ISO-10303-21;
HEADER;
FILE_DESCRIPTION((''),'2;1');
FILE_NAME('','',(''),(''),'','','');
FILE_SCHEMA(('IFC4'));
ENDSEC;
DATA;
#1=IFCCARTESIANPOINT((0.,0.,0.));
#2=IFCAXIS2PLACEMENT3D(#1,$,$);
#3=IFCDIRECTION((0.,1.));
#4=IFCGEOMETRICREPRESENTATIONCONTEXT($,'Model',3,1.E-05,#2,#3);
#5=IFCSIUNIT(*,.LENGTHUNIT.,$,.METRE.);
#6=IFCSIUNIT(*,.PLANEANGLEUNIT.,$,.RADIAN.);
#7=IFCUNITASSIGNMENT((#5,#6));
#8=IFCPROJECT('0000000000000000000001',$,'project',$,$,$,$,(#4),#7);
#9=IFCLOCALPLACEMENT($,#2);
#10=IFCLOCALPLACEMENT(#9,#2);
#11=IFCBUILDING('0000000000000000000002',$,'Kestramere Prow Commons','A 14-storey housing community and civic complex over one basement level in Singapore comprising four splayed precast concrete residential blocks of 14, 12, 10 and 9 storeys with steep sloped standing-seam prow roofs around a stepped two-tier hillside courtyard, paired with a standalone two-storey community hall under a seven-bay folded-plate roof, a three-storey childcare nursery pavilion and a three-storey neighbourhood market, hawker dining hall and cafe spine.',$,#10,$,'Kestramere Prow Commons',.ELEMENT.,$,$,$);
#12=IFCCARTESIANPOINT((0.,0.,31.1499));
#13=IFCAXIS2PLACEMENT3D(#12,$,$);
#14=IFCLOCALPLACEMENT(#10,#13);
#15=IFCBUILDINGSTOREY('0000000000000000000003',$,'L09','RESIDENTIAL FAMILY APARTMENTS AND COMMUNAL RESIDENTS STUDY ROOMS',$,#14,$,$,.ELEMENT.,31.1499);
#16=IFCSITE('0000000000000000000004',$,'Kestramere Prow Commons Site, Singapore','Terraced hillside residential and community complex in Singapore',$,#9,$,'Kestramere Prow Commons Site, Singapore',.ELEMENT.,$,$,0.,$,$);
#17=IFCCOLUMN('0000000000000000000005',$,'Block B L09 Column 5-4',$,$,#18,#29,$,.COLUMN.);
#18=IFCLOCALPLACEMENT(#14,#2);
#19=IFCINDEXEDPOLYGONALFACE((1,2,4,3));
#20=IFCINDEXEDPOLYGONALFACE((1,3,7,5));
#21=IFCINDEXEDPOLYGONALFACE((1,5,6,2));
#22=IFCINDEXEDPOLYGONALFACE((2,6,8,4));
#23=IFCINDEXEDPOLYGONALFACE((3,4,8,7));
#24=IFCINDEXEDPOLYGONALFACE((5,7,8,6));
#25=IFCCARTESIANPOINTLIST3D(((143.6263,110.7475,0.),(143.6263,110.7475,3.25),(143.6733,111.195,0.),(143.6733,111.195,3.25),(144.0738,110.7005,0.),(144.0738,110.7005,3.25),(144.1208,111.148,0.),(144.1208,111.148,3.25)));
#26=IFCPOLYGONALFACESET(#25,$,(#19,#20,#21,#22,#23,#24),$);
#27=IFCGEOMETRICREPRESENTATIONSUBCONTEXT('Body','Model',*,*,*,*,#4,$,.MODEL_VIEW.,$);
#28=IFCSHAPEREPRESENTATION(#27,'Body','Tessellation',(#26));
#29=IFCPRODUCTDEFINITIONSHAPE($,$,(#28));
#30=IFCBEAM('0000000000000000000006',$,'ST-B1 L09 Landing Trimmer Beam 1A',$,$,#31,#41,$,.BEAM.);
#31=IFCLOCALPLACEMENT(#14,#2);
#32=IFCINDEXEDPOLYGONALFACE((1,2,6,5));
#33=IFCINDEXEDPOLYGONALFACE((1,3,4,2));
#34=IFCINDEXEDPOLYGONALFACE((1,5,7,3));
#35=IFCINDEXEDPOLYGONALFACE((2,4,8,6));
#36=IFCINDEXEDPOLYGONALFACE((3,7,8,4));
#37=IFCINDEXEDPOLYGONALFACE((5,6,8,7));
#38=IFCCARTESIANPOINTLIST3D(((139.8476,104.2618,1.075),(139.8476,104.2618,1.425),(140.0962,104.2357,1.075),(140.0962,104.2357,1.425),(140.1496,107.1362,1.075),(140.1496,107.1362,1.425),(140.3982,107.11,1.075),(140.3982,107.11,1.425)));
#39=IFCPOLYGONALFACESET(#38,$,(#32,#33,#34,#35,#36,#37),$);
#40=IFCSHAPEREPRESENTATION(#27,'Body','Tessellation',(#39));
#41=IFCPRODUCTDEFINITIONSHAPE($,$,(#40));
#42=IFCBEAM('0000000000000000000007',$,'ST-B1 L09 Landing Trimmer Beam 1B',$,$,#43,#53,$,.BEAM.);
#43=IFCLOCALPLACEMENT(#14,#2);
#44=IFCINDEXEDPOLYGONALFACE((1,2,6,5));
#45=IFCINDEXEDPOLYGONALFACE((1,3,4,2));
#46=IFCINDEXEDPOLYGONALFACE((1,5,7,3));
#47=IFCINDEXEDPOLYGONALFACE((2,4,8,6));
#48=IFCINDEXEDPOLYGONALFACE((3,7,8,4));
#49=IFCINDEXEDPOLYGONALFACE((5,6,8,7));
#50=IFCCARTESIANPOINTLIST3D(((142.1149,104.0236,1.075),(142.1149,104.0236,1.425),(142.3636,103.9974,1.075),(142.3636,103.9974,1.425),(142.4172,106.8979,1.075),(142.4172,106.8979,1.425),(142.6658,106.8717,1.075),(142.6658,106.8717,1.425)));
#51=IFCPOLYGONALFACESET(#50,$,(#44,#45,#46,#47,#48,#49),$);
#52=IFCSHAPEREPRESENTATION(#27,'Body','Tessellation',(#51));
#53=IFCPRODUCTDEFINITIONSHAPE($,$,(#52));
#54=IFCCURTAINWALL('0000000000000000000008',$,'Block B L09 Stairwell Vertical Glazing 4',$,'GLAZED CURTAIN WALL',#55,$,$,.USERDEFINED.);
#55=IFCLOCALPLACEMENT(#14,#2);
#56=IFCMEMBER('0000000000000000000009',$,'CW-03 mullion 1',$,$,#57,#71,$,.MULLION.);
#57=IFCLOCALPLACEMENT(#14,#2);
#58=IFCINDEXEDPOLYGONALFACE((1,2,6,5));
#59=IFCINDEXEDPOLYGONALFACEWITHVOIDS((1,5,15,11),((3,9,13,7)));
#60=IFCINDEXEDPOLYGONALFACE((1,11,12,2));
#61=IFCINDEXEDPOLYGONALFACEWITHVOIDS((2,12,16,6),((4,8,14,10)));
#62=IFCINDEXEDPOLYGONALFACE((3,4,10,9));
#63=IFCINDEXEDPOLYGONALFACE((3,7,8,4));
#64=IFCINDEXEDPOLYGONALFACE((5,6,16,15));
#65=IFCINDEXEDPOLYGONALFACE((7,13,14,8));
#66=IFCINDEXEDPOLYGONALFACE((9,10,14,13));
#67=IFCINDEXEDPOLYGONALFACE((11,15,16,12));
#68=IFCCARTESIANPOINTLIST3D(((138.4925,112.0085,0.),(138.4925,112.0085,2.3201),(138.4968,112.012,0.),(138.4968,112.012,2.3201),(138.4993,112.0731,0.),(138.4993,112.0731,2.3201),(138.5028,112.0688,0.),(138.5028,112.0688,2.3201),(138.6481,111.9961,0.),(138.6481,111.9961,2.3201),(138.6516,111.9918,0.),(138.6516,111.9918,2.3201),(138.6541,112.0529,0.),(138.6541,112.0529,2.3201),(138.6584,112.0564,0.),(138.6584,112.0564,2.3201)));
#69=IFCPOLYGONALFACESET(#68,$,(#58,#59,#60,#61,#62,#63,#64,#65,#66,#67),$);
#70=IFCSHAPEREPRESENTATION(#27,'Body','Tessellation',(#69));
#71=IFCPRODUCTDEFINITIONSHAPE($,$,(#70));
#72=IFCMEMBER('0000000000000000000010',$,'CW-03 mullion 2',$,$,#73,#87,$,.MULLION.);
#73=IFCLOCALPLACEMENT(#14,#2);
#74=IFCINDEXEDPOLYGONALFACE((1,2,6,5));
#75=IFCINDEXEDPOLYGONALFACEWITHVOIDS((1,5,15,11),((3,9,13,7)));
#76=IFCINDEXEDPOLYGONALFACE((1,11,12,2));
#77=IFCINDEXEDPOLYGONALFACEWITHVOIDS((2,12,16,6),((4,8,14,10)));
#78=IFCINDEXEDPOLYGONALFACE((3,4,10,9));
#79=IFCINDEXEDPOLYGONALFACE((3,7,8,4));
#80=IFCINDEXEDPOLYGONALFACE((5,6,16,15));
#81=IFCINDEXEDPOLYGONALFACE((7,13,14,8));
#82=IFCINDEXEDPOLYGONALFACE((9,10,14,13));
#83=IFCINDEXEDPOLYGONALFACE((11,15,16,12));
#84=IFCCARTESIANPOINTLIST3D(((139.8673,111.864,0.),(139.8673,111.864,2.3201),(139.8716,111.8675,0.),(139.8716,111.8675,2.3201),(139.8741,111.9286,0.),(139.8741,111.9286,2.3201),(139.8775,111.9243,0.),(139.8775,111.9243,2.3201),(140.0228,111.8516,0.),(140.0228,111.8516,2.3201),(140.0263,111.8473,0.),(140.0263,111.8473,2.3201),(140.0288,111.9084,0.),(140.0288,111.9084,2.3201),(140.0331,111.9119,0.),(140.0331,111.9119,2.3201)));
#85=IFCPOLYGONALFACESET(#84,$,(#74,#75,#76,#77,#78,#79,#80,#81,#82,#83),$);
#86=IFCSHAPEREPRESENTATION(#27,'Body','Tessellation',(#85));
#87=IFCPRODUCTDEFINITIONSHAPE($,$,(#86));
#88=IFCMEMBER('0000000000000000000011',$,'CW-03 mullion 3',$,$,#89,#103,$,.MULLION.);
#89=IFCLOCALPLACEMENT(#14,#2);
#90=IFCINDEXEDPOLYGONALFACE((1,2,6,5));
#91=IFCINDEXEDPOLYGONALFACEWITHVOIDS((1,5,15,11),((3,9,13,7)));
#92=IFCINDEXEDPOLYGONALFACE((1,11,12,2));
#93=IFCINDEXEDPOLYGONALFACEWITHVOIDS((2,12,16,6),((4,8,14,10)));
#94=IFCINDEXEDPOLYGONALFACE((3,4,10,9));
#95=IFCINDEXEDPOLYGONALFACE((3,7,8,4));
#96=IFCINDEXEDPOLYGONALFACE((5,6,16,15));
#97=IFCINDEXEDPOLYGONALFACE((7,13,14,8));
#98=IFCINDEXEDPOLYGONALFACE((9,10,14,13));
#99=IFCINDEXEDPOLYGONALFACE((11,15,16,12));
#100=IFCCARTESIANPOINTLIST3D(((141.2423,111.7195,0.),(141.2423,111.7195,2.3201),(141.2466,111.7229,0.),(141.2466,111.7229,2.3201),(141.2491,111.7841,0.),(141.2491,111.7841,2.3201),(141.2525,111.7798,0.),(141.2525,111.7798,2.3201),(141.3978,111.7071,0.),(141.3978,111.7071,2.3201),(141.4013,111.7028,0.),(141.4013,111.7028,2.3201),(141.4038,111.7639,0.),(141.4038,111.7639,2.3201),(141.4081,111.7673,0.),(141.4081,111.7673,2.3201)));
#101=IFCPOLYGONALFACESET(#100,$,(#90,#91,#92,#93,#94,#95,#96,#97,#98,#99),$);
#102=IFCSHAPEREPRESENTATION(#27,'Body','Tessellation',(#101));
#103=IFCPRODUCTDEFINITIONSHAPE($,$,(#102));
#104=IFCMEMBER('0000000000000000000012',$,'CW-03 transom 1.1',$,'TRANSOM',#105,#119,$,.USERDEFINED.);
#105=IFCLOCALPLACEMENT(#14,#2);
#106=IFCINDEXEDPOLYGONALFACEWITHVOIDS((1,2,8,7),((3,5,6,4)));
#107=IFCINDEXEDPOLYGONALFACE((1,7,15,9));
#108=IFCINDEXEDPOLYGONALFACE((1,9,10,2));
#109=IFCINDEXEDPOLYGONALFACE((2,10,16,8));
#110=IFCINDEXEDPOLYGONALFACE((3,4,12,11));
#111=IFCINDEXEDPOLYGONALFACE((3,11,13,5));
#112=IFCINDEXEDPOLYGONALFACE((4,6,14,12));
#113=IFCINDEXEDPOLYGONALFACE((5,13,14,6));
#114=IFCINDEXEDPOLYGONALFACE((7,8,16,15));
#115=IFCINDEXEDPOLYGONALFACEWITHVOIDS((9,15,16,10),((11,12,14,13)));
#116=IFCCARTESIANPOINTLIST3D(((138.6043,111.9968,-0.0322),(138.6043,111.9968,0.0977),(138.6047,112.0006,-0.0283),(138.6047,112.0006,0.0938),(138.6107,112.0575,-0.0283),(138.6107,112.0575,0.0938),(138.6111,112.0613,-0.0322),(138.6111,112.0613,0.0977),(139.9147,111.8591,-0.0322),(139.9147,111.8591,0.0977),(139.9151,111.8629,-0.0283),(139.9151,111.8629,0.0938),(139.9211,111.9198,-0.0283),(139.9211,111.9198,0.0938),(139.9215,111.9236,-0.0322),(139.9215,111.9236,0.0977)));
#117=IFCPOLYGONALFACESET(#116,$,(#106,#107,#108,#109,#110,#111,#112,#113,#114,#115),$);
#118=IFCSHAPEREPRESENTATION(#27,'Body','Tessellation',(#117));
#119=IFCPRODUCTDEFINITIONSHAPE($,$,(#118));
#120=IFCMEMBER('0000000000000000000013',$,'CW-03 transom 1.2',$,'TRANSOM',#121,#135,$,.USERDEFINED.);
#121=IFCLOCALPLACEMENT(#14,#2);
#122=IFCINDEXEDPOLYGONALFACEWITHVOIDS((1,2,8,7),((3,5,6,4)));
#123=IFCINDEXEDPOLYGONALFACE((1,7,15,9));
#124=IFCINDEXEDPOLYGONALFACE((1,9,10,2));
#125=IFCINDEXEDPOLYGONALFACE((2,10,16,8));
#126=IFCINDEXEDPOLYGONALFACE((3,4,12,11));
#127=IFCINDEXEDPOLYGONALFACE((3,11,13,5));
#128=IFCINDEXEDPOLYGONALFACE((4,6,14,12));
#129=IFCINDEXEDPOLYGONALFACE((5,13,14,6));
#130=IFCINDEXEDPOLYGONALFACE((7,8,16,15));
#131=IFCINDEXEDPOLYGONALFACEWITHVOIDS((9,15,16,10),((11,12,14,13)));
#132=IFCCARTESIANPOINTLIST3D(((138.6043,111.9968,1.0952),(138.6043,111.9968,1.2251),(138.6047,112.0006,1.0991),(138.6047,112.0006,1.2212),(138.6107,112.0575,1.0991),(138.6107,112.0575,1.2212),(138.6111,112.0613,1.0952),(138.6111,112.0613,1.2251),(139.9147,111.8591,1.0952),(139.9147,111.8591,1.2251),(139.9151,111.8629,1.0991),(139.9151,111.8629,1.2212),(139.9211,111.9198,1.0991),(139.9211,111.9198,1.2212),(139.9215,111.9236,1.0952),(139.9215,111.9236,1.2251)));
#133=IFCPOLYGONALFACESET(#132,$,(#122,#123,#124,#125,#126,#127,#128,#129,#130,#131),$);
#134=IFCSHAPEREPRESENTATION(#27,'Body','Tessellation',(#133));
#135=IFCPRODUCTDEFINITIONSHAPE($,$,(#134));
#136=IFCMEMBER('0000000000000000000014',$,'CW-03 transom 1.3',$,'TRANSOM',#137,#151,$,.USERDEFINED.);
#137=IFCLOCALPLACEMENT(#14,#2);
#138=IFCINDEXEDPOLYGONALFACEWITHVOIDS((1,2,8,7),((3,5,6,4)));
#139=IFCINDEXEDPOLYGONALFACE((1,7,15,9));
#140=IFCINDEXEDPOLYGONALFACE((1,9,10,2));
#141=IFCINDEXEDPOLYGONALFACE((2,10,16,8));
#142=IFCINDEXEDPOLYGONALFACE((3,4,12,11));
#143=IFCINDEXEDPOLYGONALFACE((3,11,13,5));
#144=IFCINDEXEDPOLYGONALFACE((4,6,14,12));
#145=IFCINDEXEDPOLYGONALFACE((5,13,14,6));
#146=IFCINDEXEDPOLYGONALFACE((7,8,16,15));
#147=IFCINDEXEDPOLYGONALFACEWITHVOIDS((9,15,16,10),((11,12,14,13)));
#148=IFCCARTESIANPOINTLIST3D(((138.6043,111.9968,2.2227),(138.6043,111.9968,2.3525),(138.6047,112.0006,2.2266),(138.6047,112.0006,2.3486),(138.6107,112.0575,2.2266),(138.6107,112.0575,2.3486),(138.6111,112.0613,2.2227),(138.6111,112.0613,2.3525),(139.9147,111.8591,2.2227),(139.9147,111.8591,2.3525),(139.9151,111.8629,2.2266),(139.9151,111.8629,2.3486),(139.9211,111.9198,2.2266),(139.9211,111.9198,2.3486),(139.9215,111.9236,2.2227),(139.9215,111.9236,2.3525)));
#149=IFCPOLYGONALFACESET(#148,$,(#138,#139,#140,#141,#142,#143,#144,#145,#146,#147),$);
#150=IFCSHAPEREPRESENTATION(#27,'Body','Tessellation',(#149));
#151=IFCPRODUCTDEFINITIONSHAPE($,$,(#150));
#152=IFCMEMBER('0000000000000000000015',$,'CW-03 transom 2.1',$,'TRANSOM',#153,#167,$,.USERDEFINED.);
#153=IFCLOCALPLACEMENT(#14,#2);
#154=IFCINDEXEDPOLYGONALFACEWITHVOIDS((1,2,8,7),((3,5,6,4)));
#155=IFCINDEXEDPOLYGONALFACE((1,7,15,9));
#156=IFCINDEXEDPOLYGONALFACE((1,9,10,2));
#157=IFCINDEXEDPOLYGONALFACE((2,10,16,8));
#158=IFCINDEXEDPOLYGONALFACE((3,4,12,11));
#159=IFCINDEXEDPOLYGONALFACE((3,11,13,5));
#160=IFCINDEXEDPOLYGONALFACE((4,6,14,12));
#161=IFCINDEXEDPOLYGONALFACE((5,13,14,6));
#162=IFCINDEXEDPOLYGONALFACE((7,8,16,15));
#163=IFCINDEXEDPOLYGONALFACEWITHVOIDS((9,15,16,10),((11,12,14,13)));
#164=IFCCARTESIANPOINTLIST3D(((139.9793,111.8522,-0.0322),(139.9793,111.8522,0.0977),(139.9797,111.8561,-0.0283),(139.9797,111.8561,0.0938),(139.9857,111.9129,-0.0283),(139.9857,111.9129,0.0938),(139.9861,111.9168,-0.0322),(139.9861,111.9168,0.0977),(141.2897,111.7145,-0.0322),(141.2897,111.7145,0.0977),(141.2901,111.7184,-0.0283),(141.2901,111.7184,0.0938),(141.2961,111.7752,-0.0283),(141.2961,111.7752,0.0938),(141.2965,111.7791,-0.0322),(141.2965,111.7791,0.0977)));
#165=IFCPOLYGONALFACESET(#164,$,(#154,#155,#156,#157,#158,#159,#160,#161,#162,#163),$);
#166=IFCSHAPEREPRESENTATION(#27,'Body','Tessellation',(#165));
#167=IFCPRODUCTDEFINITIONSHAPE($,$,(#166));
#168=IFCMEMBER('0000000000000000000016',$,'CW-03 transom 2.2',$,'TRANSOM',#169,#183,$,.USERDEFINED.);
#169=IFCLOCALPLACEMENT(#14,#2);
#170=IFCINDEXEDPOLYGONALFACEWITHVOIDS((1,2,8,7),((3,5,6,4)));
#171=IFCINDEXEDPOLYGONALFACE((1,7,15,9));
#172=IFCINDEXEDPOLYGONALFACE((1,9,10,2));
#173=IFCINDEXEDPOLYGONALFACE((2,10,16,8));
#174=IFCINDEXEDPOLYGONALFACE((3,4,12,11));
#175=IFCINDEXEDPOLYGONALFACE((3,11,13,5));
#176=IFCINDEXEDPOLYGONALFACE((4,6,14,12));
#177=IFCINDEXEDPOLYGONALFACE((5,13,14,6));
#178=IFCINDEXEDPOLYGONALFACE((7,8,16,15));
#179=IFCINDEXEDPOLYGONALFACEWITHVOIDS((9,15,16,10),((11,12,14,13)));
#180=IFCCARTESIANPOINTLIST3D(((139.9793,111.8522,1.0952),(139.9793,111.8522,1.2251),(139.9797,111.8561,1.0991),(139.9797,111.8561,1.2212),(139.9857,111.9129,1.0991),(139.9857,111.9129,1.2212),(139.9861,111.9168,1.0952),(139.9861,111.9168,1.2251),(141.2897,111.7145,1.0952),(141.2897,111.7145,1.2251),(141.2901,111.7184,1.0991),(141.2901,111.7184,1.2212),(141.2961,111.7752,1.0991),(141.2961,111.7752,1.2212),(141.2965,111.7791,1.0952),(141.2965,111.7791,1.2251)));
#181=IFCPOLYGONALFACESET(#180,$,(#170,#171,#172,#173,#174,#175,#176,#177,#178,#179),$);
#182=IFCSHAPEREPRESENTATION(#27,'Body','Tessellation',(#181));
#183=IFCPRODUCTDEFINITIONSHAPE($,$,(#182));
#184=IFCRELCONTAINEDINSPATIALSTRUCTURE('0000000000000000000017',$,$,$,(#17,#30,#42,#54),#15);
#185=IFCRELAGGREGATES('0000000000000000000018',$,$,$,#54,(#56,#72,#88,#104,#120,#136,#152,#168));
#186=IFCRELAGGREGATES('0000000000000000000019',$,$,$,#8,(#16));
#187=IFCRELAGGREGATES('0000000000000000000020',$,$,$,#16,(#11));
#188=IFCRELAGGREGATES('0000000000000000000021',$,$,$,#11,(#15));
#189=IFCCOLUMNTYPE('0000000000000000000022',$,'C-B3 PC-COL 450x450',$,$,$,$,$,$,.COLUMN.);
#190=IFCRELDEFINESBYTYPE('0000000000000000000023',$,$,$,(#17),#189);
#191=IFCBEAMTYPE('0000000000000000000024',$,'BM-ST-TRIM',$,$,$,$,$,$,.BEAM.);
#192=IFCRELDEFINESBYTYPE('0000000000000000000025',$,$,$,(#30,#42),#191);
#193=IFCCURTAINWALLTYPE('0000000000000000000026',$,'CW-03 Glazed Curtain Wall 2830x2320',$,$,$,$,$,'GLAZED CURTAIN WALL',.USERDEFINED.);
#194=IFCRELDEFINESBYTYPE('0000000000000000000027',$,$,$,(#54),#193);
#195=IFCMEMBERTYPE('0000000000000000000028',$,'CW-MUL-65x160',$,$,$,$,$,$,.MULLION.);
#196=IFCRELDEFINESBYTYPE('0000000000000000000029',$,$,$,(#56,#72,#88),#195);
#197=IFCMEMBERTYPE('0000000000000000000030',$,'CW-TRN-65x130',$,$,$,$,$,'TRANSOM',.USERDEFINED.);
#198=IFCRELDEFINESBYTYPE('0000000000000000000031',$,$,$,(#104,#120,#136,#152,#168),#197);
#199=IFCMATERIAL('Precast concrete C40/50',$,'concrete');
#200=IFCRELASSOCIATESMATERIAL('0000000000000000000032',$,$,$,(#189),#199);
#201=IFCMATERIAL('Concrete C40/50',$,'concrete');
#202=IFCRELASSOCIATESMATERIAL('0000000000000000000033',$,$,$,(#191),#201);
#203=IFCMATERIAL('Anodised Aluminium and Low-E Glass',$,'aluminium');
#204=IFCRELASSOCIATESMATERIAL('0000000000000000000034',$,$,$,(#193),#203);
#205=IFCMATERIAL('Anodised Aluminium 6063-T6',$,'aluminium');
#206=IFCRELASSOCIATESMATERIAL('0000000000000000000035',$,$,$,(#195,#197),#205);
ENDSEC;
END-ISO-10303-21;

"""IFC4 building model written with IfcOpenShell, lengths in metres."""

from ifc_helpers import new_model, si_unit, direction, frame, origin, origin_2d, place, context, subcontext, project, spatial, rectangle, hollow_rectangle, extrude, material, material_profile, profile_set, type_object, element, aggregate, save


model = new_model("IFC4")

# Units and contexts
model_context = context("Model", 3, precision=1e-05, world=origin(), true_north=direction((0.0, 1.0)))
body_context = subcontext(model_context, "Body", "Model", "MODEL_VIEW")
ifc_project = project(units=[si_unit("LENGTHUNIT", "METRE"), si_unit("PLANEANGLEUNIT", "RADIAN")], contexts=[model_context])

# Site, building, storey
site_placement = place(None, origin())
site = spatial("IfcSite", under=ifc_project, at=site_placement, Name="Kestramere Prow Commons Site, Singapore", Description="Terraced hillside residential and community complex in Singapore", LongName="Kestramere Prow Commons Site, Singapore", CompositionType="ELEMENT", RefElevation=0.0)
building_placement = place(site_placement, origin())
building = spatial("IfcBuilding", under=site, at=building_placement, Name="Kestramere Prow Commons", Description="A 14-storey housing community and civic complex over one basement level in Singapore comprising four splayed precast concrete residential blocks of 14, 12, 10 and 9 storeys with steep sloped standing-seam prow roofs around a stepped two-tier hillside courtyard, paired with a standalone two-storey community hall under a seven-bay folded-plate roof, a three-storey childcare nursery pavilion and a three-storey neighbourhood market, hawker dining hall and cafe spine.", LongName="Kestramere Prow Commons", CompositionType="ELEMENT")
storey_placement = place(building_placement, frame((0.0, 0.0, 31.1499)))
storey = spatial("IfcBuildingStorey", under=building, at=storey_placement, Name="L09", Description="RESIDENTIAL FAMILY APARTMENTS AND COMMUNAL RESIDENTS STUDY ROOMS", CompositionType="ELEMENT", Elevation=31.1499)

# Column
ifc_material_1 = material(Name="Precast concrete C40/50", Category="concrete")
ifc_material_profile_1 = material_profile(ifc_material_1, rectangle(XDim=0.45, YDim=0.45, at=origin_2d()), Name="PC-COL 450x450")
ifc_profile_set_1 = profile_set([ifc_material_profile_1], Name="Precast concrete C40/50")
column_type = type_object("IfcColumnType", Name="C-B3 PC-COL 450x450", PredefinedType="COLUMN", material=ifc_profile_set_1)
column_placement = place(storey_placement, frame((143.8735, 110.9478, 0.0), z_axis=(0.0, 0.0, 1.0), x_axis=(0.994522, -0.104528, 0.0)))
element("IfcColumn", 1, at=column_placement, inside=storey, type_object=column_type, Name="Block B L09 Column 5-4", PredefinedType="COLUMN", context=body_context, shape_type="SweptSolid", body=[
    extrude(rectangle(XDim=0.45, YDim=0.45, at=origin_2d()), origin(), (0.0, 0.0, 1.0), 3.25),
])

# Beams
ifc_material_2 = material(Name="Concrete C40/50", Category="concrete")
ifc_material_profile_2 = material_profile(ifc_material_2, rectangle(XDim=0.25, YDim=0.3501, at=origin_2d()), Name="PC-BM 250x350")
ifc_profile_set_2 = profile_set([ifc_material_profile_2], Name="Concrete C40/50")
beam_type = type_object("IfcBeamType", Name="BM-ST-TRIM", PredefinedType="BEAM", material=ifc_profile_set_2)
for number, where, z_axis, x_axis, name in (
    (2, (139.9719, 104.2488, 1.25), (0.104496, 0.994525, 0.0), (-0.994525, 0.104496, 0.0), "ST-B1 L09 Landing Trimmer Beam 1A"),
    (3, (142.2393, 104.0105, 1.25), (0.104579, 0.994517, 0.0), (-0.994517, 0.104579, 0.0), "ST-B1 L09 Landing Trimmer Beam 1B"),
):
    element("IfcBeam", number, at=place(storey_placement, frame(where, z_axis=z_axis, x_axis=x_axis)), inside=storey, type_object=beam_type, Name=name, PredefinedType="BEAM", context=body_context, shape_type="SweptSolid", body=[
        extrude(rectangle(XDim=0.25, YDim=0.3501, at=origin_2d()), origin(), (0.0, 0.0, 1.0), 2.8901),
    ])

# Curtain wall, members
ifc_material_3 = material(Name="Anodised Aluminium and Low-E Glass", Category="aluminium")
curtain_wall_type = type_object("IfcCurtainWallType", Name="CW-03 Glazed Curtain Wall 2830x2320", ElementType="GLAZED CURTAIN WALL", PredefinedType="USERDEFINED", material=ifc_material_3)
curtain_wall_placement = place(storey_placement, origin())
curtain_wall = element("IfcCurtainWall", 4, at=curtain_wall_placement, inside=storey, type_object=curtain_wall_type, Name="Block B L09 Stairwell Vertical Glazing 4", ObjectType="GLAZED CURTAIN WALL", PredefinedType="USERDEFINED")
ifc_material_4 = material(Name="Anodised Aluminium 6063-T6", Category="aluminium")
ifc_material_profile_3 = material_profile(ifc_material_4, hollow_rectangle(XDim=0.0649, YDim=0.1599, WallThickness=0.0039, at=origin_2d()), Name="ALU-MUL 65x160")
ifc_profile_set_3 = profile_set([ifc_material_profile_3], Name="Anodised Aluminium 6063-T6")
member_type_1 = type_object("IfcMemberType", Name="CW-MUL-65x160", PredefinedType="MULLION", material=ifc_profile_set_3)
member_1_placement = place(storey_placement, frame((138.5754, 112.0325, 0.0), z_axis=(0.0, 0.0, 1.0), x_axis=(0.104529, 0.994522, 0.0)))
member_1 = element("IfcMember", 5, at=member_1_placement, type_object=member_type_1, Name="CW-03 mullion 1", PredefinedType="MULLION", context=body_context, shape_type="SweptSolid", body=[
    extrude(hollow_rectangle(XDim=0.0649, YDim=0.1599, WallThickness=0.0039, at=origin_2d()), origin(), (0.0, 0.0, 1.0), 2.3201),
])
member_2_placement = place(storey_placement, frame((139.9502, 111.8879, 0.0), z_axis=(0.0, 0.0, 1.0), x_axis=(0.104529, 0.994522, 0.0)))
member_2 = element("IfcMember", 6, at=member_2_placement, type_object=member_type_1, Name="CW-03 mullion 2", PredefinedType="MULLION", context=body_context, shape_type="SweptSolid", body=[
    extrude(hollow_rectangle(XDim=0.0649, YDim=0.1599, WallThickness=0.0039, at=origin_2d()), origin(), (0.0, 0.0, 1.0), 2.3201),
])
member_3_placement = place(storey_placement, frame((141.3252, 111.7434, 0.0), z_axis=(0.0, 0.0, 1.0), x_axis=(0.104529, 0.994522, 0.0)))
member_3 = element("IfcMember", 7, at=member_3_placement, type_object=member_type_1, Name="CW-03 mullion 3", PredefinedType="MULLION", context=body_context, shape_type="SweptSolid", body=[
    extrude(hollow_rectangle(XDim=0.0649, YDim=0.1599, WallThickness=0.0039, at=origin_2d()), origin(), (0.0, 0.0, 1.0), 2.3201),
])
ifc_material_profile_4 = material_profile(ifc_material_4, hollow_rectangle(XDim=0.0649, YDim=0.1299, WallThickness=0.0039, at=origin_2d()), Name="ALU-TRN 65x130")
ifc_profile_set_4 = profile_set([ifc_material_profile_4], Name="Anodised Aluminium 6063-T6")
member_type_2 = type_object("IfcMemberType", Name="CW-TRN-65x130", ElementType="TRANSOM", PredefinedType="USERDEFINED", material=ifc_profile_set_4)
member_4_placement = place(storey_placement, frame((138.6077, 112.0291, 0.0327), z_axis=(0.994524, -0.104511, 0.0), x_axis=(0.104511, 0.994524, 0.0)))
member_4 = element("IfcMember", 8, at=member_4_placement, type_object=member_type_2, Name="CW-03 transom 1.1", ObjectType="TRANSOM", PredefinedType="USERDEFINED", context=body_context, shape_type="SweptSolid", body=[
    extrude(hollow_rectangle(XDim=0.0649, YDim=0.1299, WallThickness=0.0039, at=origin_2d()), origin(), (0.0, 0.0, 1.0), 1.3176),
])
member_5_placement = place(storey_placement, frame((138.6077, 112.0291, 1.1602), z_axis=(0.994524, -0.104511, 0.0), x_axis=(0.104511, 0.994524, 0.0)))
member_5 = element("IfcMember", 9, at=member_5_placement, type_object=member_type_2, Name="CW-03 transom 1.2", ObjectType="TRANSOM", PredefinedType="USERDEFINED", context=body_context, shape_type="SweptSolid", body=[
    extrude(hollow_rectangle(XDim=0.0649, YDim=0.1299, WallThickness=0.0039, at=origin_2d()), origin(), (0.0, 0.0, 1.0), 1.3176),
])
member_6_placement = place(storey_placement, frame((138.6077, 112.0291, 2.2876), z_axis=(0.994524, -0.104511, 0.0), x_axis=(0.104511, 0.994524, 0.0)))
member_6 = element("IfcMember", 10, at=member_6_placement, type_object=member_type_2, Name="CW-03 transom 1.3", ObjectType="TRANSOM", PredefinedType="USERDEFINED", context=body_context, shape_type="SweptSolid", body=[
    extrude(hollow_rectangle(XDim=0.0649, YDim=0.1299, WallThickness=0.0039, at=origin_2d()), origin(), (0.0, 0.0, 1.0), 1.3176),
])
member_7_placement = place(storey_placement, frame((139.9827, 111.8845, 0.0327), z_axis=(0.994524, -0.104511, 0.0), x_axis=(0.104511, 0.994524, 0.0)))
member_7 = element("IfcMember", 11, at=member_7_placement, type_object=member_type_2, Name="CW-03 transom 2.1", ObjectType="TRANSOM", PredefinedType="USERDEFINED", context=body_context, shape_type="SweptSolid", body=[
    extrude(hollow_rectangle(XDim=0.0649, YDim=0.1299, WallThickness=0.0039, at=origin_2d()), origin(), (0.0, 0.0, 1.0), 1.3176),
])
member_8_placement = place(storey_placement, frame((139.9827, 111.8845, 1.1602), z_axis=(0.994524, -0.104511, 0.0), x_axis=(0.104511, 0.994524, 0.0)))
member_8 = element("IfcMember", 12, at=member_8_placement, type_object=member_type_2, Name="CW-03 transom 2.2", ObjectType="TRANSOM", PredefinedType="USERDEFINED", context=body_context, shape_type="SweptSolid", body=[
    extrude(hollow_rectangle(XDim=0.0649, YDim=0.1299, WallThickness=0.0039, at=origin_2d()), origin(), (0.0, 0.0, 1.0), 1.3176),
])
aggregate(curtain_wall, [member_1, member_2, member_3, member_4, member_5, member_6, member_7, member_8])

save(model, "model.ifc")
